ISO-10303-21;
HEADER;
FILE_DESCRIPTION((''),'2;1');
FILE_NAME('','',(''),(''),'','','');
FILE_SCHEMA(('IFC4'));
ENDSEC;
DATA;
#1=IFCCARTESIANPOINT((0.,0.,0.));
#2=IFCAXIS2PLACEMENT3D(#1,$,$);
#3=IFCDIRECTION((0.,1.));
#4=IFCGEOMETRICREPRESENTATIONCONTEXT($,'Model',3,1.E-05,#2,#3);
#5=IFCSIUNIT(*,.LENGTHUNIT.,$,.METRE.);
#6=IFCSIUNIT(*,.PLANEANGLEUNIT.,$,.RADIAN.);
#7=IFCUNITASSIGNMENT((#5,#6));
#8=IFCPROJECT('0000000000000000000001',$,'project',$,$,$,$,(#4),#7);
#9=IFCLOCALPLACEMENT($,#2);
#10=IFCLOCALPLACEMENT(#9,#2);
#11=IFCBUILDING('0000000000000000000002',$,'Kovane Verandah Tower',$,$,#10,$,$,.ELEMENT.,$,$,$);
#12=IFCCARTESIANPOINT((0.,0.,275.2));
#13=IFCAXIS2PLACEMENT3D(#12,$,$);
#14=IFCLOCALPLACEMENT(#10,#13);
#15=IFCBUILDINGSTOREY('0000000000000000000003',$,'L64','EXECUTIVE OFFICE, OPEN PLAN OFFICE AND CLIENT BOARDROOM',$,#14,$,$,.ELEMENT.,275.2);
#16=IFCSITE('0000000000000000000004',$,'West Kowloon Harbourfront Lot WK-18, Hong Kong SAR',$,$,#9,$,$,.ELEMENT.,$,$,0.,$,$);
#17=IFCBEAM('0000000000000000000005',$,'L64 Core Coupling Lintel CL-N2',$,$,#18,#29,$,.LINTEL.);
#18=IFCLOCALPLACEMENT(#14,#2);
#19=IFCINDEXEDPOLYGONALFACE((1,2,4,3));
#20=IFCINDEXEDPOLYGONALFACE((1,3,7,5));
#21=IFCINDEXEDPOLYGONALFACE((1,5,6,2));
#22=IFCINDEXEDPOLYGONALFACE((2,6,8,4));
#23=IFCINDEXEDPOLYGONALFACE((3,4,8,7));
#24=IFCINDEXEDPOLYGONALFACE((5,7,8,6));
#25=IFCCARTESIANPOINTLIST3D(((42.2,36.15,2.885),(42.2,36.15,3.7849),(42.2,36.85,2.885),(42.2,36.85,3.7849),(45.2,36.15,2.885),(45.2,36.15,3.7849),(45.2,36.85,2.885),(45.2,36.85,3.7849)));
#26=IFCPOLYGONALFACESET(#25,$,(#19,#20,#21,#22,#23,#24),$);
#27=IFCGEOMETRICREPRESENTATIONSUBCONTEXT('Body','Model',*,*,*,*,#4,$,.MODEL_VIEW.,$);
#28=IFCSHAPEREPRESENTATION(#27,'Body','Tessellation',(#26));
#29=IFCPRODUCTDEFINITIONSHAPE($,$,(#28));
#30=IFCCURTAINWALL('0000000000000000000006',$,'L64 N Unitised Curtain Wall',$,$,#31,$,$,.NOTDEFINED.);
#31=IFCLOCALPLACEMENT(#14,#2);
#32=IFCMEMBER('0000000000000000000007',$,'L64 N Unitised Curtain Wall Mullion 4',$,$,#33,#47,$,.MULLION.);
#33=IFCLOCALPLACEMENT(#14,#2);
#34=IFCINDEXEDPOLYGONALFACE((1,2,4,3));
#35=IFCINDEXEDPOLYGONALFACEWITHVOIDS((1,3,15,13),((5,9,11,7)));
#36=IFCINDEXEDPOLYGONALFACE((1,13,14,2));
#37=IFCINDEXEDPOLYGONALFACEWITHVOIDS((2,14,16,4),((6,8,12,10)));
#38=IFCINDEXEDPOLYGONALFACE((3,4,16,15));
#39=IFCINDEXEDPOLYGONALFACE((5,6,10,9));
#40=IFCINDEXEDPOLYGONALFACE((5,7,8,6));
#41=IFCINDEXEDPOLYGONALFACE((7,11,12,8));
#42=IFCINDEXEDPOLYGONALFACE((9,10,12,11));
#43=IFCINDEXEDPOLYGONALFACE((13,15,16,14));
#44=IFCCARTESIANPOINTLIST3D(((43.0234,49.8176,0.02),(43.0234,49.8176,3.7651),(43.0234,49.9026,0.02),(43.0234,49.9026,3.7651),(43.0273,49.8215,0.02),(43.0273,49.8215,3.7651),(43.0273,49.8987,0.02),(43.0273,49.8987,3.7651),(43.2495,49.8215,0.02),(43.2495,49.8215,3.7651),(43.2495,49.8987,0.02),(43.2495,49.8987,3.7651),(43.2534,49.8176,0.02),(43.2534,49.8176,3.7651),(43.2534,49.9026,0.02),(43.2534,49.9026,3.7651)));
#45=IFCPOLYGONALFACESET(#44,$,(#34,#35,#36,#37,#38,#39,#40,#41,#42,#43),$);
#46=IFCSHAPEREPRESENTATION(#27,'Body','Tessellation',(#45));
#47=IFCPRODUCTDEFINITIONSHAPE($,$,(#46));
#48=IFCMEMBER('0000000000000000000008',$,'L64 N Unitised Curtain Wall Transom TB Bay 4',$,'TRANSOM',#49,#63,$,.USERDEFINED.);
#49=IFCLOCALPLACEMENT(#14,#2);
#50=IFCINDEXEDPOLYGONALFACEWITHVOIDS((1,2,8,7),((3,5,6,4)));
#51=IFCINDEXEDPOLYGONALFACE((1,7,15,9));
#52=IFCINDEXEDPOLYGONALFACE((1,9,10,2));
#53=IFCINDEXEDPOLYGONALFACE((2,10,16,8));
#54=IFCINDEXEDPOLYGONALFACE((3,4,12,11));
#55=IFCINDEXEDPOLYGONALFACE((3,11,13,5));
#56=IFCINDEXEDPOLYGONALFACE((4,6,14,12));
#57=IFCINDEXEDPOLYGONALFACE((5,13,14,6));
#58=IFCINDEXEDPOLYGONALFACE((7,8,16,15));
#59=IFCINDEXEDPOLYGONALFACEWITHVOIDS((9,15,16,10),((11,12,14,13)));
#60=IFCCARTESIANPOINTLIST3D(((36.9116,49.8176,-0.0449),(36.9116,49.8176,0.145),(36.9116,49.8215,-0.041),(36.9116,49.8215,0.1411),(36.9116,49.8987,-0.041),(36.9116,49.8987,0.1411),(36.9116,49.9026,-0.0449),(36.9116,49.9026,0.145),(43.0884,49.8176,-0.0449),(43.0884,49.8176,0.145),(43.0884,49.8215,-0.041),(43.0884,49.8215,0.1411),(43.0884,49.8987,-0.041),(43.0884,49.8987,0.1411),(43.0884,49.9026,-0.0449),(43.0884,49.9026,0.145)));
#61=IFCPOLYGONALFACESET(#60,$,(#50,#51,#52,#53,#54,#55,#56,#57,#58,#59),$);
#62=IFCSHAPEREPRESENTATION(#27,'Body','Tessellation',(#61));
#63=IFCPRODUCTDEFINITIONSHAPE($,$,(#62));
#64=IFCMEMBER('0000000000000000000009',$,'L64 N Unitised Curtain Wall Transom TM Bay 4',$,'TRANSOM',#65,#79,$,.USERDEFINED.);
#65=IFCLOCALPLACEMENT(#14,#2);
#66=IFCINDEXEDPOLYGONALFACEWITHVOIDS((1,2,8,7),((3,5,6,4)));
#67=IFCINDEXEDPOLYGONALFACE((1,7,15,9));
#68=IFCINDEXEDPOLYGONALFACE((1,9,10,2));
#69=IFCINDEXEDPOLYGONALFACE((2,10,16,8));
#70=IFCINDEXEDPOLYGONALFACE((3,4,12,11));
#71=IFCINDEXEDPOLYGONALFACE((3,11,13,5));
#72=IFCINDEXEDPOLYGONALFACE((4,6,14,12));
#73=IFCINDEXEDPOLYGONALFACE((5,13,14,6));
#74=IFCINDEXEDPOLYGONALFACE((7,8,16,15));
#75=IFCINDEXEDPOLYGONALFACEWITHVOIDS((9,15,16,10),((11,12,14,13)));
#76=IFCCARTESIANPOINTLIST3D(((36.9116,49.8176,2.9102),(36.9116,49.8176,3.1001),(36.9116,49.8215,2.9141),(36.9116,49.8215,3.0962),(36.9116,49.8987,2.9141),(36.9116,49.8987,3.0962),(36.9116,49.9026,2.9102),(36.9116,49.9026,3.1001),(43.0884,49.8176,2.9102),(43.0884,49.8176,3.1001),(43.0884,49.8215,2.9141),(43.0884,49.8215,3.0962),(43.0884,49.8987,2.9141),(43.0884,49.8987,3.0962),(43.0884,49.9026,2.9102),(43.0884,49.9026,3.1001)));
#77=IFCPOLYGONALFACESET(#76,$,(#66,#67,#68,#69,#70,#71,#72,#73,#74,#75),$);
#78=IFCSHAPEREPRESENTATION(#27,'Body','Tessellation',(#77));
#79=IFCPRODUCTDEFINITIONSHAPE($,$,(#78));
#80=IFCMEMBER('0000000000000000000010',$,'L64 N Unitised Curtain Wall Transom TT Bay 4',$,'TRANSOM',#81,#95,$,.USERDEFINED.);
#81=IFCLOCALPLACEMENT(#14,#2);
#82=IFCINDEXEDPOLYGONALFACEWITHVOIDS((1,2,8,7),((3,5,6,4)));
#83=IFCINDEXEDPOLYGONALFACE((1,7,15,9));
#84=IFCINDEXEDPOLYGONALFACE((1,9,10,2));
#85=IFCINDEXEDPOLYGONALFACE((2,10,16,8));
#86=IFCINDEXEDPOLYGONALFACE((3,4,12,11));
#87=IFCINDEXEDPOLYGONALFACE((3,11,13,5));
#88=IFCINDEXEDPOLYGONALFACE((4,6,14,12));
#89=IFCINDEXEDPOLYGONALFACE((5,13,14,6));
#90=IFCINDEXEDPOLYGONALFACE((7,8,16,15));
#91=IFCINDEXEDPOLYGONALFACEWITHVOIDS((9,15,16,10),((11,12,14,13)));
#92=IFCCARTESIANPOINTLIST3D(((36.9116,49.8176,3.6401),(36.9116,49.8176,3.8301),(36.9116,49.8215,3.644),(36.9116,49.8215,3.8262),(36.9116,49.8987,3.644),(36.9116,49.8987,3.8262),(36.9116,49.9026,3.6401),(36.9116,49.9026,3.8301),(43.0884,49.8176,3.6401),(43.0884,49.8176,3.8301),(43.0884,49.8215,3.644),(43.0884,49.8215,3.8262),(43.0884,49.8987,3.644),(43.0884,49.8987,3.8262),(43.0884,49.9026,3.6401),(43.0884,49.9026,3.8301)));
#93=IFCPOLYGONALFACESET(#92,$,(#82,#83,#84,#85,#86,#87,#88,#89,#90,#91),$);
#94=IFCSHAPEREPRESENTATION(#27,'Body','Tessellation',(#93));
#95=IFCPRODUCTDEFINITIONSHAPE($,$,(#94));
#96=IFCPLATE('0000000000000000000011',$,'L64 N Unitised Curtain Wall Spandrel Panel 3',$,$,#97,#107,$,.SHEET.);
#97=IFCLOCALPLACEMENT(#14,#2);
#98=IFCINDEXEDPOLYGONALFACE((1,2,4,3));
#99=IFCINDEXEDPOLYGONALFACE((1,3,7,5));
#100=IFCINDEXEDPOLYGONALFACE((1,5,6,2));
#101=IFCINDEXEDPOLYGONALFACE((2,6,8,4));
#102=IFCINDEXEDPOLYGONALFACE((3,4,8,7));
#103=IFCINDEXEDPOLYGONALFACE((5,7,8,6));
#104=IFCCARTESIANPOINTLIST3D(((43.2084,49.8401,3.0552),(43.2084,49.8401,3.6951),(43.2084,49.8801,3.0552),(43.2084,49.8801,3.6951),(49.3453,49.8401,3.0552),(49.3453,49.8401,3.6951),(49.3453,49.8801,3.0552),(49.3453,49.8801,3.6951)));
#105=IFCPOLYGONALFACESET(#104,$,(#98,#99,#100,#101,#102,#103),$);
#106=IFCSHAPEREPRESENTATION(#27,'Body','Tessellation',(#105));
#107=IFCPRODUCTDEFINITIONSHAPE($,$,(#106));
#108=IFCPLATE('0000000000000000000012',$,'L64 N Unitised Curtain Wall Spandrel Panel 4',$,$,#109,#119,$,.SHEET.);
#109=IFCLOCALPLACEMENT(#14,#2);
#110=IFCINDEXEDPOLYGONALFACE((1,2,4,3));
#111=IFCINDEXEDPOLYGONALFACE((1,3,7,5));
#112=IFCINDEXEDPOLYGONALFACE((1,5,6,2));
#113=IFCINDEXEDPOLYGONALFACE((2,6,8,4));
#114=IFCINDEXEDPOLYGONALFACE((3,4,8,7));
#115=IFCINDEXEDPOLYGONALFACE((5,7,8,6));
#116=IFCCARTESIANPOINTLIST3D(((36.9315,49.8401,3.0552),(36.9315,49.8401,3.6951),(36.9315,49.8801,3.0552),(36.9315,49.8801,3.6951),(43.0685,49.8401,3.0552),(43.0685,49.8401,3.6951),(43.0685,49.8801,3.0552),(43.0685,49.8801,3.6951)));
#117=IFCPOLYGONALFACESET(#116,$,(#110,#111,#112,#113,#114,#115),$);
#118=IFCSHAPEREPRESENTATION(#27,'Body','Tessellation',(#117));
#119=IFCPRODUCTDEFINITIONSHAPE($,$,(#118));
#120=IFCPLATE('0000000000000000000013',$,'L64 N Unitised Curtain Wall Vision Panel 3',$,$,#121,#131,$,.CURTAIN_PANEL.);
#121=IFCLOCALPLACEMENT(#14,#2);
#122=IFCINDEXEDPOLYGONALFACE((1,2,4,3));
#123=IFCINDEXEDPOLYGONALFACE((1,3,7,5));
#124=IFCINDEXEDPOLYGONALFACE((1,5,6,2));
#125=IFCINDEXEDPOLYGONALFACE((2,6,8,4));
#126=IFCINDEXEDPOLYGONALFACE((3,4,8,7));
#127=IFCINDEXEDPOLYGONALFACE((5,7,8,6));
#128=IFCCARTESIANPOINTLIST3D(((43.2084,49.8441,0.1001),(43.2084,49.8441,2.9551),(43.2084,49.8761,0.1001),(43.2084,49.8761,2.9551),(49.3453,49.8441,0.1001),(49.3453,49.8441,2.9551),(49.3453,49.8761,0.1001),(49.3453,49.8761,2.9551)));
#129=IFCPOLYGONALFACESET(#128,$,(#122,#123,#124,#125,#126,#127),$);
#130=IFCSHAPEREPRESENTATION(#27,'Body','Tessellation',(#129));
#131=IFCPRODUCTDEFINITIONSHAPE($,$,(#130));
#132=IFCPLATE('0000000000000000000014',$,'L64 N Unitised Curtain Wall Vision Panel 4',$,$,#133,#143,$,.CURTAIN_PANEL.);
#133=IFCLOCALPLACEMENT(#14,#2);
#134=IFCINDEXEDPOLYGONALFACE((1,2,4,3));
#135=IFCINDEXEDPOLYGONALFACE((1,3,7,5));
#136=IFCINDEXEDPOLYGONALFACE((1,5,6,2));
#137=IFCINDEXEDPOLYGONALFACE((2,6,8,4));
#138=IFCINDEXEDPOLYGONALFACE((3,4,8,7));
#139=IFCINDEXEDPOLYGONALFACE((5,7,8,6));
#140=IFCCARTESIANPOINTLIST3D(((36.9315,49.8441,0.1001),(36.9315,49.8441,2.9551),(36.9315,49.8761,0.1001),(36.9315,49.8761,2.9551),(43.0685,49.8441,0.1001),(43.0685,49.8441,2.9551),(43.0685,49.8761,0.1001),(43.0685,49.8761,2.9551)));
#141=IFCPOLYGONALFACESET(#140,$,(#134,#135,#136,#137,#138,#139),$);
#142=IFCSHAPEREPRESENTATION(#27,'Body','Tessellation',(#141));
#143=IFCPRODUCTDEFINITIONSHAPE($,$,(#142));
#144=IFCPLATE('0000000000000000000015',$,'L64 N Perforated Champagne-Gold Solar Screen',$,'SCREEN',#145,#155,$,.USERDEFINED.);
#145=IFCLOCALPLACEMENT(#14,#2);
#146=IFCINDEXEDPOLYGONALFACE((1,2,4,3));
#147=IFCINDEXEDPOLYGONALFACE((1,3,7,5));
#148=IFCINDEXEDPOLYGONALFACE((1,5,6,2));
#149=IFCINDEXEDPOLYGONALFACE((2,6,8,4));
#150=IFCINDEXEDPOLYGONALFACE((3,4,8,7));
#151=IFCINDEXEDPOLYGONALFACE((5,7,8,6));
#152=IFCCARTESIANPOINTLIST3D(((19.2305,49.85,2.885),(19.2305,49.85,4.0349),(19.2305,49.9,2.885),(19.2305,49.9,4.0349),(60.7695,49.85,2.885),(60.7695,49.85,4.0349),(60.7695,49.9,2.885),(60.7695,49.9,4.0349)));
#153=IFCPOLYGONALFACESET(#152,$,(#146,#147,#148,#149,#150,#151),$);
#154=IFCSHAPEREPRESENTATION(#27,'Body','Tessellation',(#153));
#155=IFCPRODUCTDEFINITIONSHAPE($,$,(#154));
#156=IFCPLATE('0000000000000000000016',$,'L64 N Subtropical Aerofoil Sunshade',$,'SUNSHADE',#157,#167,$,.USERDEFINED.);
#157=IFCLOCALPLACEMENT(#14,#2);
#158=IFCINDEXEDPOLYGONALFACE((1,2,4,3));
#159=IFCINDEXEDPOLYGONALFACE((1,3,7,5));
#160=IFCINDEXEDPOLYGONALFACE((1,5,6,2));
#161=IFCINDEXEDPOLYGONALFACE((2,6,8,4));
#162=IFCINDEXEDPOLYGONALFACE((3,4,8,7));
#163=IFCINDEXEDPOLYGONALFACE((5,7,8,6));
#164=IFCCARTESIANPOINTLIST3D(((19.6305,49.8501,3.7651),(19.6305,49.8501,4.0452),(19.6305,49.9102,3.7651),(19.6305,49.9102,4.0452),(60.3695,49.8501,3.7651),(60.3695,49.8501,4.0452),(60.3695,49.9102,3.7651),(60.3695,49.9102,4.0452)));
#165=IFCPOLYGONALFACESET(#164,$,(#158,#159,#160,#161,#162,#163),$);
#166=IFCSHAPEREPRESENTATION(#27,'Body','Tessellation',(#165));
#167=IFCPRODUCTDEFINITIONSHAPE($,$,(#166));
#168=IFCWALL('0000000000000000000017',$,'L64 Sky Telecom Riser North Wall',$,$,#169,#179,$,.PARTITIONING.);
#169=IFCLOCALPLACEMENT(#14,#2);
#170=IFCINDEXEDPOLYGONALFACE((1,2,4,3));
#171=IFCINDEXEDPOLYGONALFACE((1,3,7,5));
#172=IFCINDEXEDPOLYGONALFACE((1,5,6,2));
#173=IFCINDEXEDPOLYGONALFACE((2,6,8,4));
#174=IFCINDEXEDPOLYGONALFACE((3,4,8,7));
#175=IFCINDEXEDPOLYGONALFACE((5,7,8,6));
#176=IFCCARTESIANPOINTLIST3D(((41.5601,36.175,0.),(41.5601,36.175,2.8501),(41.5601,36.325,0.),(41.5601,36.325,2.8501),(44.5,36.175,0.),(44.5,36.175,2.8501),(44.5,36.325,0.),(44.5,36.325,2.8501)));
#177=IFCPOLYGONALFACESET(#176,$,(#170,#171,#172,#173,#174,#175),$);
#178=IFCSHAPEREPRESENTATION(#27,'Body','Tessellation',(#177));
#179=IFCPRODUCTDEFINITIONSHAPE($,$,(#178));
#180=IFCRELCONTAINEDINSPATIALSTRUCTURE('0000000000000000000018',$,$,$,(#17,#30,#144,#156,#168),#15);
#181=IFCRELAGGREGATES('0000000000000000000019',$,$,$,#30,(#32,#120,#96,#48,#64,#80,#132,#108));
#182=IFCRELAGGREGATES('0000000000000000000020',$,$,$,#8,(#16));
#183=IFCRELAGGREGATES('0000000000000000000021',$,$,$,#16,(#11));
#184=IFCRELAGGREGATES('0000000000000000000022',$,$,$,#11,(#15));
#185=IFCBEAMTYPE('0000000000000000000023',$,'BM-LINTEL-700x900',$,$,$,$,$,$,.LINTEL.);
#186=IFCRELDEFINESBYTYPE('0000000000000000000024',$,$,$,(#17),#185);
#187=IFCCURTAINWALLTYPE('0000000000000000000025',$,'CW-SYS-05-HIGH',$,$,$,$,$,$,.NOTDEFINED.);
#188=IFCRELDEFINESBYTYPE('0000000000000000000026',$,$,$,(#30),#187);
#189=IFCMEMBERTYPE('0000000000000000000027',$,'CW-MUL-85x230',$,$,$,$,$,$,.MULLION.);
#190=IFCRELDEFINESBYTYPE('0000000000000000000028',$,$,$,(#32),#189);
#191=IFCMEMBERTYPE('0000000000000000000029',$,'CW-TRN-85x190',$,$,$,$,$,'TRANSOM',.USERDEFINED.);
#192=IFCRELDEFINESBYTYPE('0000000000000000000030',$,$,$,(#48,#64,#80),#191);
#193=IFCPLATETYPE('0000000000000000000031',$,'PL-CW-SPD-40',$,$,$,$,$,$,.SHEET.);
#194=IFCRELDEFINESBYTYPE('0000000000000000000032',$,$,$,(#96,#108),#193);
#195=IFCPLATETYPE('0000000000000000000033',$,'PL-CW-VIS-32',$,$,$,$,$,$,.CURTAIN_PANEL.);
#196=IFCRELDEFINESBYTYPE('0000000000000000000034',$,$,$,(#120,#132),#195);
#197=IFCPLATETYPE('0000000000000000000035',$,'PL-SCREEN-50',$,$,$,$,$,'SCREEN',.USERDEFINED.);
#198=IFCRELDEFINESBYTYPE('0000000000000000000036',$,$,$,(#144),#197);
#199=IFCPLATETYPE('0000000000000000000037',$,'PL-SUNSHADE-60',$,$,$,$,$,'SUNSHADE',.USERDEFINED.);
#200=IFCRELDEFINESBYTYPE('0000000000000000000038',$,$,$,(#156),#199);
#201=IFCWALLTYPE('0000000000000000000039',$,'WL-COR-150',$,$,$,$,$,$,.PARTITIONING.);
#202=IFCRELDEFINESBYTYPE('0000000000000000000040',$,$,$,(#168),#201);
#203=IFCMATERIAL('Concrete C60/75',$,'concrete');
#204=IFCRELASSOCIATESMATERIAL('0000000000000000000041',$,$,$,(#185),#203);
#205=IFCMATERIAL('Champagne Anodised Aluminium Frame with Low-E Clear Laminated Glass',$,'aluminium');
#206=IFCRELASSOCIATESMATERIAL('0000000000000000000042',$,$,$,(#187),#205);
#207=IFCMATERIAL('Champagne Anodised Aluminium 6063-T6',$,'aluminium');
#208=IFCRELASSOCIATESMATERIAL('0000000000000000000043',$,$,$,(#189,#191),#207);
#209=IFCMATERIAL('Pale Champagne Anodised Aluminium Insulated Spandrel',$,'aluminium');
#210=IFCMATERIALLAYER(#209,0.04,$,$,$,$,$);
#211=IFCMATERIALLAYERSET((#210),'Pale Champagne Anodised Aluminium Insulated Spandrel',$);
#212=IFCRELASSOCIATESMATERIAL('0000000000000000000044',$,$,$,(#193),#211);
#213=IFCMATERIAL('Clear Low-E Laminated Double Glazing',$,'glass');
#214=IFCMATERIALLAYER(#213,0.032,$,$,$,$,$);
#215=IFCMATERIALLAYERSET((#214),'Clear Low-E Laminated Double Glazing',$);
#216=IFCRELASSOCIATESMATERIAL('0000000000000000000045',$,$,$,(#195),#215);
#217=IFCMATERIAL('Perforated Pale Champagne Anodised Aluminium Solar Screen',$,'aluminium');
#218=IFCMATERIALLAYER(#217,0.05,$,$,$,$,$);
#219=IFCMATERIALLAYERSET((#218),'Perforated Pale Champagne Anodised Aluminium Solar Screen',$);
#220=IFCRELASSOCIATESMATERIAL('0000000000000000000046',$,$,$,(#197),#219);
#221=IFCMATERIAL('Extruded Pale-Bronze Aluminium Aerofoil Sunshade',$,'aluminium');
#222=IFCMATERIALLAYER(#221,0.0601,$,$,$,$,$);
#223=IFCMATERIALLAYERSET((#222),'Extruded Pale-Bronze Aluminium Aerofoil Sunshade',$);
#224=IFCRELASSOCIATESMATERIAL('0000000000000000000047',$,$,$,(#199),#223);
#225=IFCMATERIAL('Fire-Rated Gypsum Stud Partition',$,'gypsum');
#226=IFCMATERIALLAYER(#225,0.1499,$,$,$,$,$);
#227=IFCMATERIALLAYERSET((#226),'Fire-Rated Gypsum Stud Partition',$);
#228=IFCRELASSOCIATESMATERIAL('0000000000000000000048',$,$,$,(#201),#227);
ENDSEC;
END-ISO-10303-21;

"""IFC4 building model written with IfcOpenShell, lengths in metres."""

from ifc_helpers import new_model, si_unit, direction, frame, frame_2d, origin, origin_2d, place, context, subcontext, project, spatial, rectangle, hollow_rectangle, extrude, material, layer, layer_set, material_profile, profile_set, type_object, element, aggregate, save


model = new_model("IFC4")

# Units and contexts
model_context = context("Model", 3, precision=1e-05, world=origin(), true_north=direction((0.0, 1.0)))
body_context = subcontext(model_context, "Body", "Model", "MODEL_VIEW")
ifc_project = project(units=[si_unit("LENGTHUNIT", "METRE"), si_unit("PLANEANGLEUNIT", "RADIAN")], contexts=[model_context])

# Site, building, storey
site_placement = place(None, origin())
site = spatial("IfcSite", under=ifc_project, at=site_placement, Name="West Kowloon Harbourfront Lot WK-18, Hong Kong SAR", CompositionType="ELEMENT", RefElevation=0.0)
building_placement = place(site_placement, origin())
building = spatial("IfcBuilding", under=site, at=building_placement, Name="Kovane Verandah Tower", CompositionType="ELEMENT")
storey_placement = place(building_placement, frame((0.0, 0.0, 275.2)))
storey = spatial("IfcBuildingStorey", under=building, at=storey_placement, Name="L64", Description="EXECUTIVE OFFICE, OPEN PLAN OFFICE AND CLIENT BOARDROOM", CompositionType="ELEMENT", Elevation=275.2)

# Beam
ifc_material_1 = material(Name="Concrete C60/75", Category="concrete")
ifc_material_profile_1 = material_profile(ifc_material_1, rectangle(XDim=0.7, YDim=0.8999, at=origin_2d()), Name="RCB700x900")
ifc_profile_set_1 = profile_set([ifc_material_profile_1], Name="Concrete C60/75")
beam_type = type_object("IfcBeamType", Name="BM-LINTEL-700x900", PredefinedType="LINTEL", material=ifc_profile_set_1)
beam_placement = place(storey_placement, frame((42.2, 36.5, 3.335), z_axis=(1.0, 0.0, 0.0), x_axis=(0.0, 1.0, 0.0)))
element("IfcBeam", 1, at=beam_placement, inside=storey, type_object=beam_type, Name="L64 Core Coupling Lintel CL-N2", PredefinedType="LINTEL", context=body_context, shape_type="SweptSolid", body=[
    extrude(rectangle(XDim=0.7, YDim=0.8999, at=origin_2d()), origin(), (0.0, 0.0, 1.0), 3.0),
])

# Curtain wall, members, plates
ifc_material_2 = material(Name="Champagne Anodised Aluminium Frame with Low-E Clear Laminated Glass", Category="aluminium")
curtain_wall_type = type_object("IfcCurtainWallType", Name="CW-SYS-05-HIGH", PredefinedType="NOTDEFINED", material=ifc_material_2)
curtain_wall_placement = place(storey_placement, origin())
curtain_wall = element("IfcCurtainWall", 2, at=curtain_wall_placement, inside=storey, type_object=curtain_wall_type, Name="L64 N Unitised Curtain Wall", PredefinedType="NOTDEFINED")
ifc_material_3 = material(Name="Champagne Anodised Aluminium 6063-T6", Category="aluminium")
ifc_material_profile_2 = material_profile(ifc_material_3, hollow_rectangle(XDim=0.085, YDim=0.23, WallThickness=0.0039, at=origin_2d()), Name="AL85x230x4")
ifc_profile_set_2 = profile_set([ifc_material_profile_2], Name="Champagne Anodised Aluminium 6063-T6")
member_type_1 = type_object("IfcMemberType", Name="CW-MUL-85x230", PredefinedType="MULLION", material=ifc_profile_set_2)
member_1_placement = place(storey_placement, frame((43.1384, 49.8601, 0.02), z_axis=(0.0, 0.0, 1.0), x_axis=(0.0, 1.0, 0.0)))
member_1 = element("IfcMember", 3, at=member_1_placement, type_object=member_type_1, Name="L64 N Unitised Curtain Wall Mullion 4", PredefinedType="MULLION", context=body_context, shape_type="SweptSolid", body=[
    extrude(hollow_rectangle(XDim=0.085, YDim=0.23, WallThickness=0.0039, at=origin_2d()), origin(), (0.0, 0.0, 1.0), 3.7451),
])
ifc_material_profile_3 = material_profile(ifc_material_3, hollow_rectangle(XDim=0.085, YDim=0.1899, WallThickness=0.0039, at=origin_2d()), Name="AL85x190x4")
ifc_profile_set_3 = profile_set([ifc_material_profile_3], Name="Champagne Anodised Aluminium 6063-T6")
member_type_2 = type_object("IfcMemberType", Name="CW-TRN-85x190", ElementType="TRANSOM", PredefinedType="USERDEFINED", material=ifc_profile_set_3)
member_2_placement = place(storey_placement, frame((43.0884, 49.8601, 0.05), z_axis=(-1.0, 0.0, 0.0), x_axis=(0.0, -1.0, 0.0)))
member_2 = element("IfcMember", 4, at=member_2_placement, type_object=member_type_2, Name="L64 N Unitised Curtain Wall Transom TB Bay 4", ObjectType="TRANSOM", PredefinedType="USERDEFINED", context=body_context, shape_type="SweptSolid", body=[
    extrude(hollow_rectangle(XDim=0.085, YDim=0.1899, WallThickness=0.0039, at=origin_2d()), origin(), (0.0, 0.0, 1.0), 6.1768),
])
member_3_placement = place(storey_placement, frame((43.0884, 49.8601, 3.0051), z_axis=(-1.0, 0.0, 0.0), x_axis=(0.0, -1.0, 0.0)))
member_3 = element("IfcMember", 5, at=member_3_placement, type_object=member_type_2, Name="L64 N Unitised Curtain Wall Transom TM Bay 4", ObjectType="TRANSOM", PredefinedType="USERDEFINED", context=body_context, shape_type="SweptSolid", body=[
    extrude(hollow_rectangle(XDim=0.085, YDim=0.1899, WallThickness=0.0039, at=origin_2d()), origin(), (0.0, 0.0, 1.0), 6.1768),
])
member_4_placement = place(storey_placement, frame((43.0884, 49.8601, 3.7351), z_axis=(-1.0, 0.0, 0.0), x_axis=(0.0, -1.0, 0.0)))
member_4 = element("IfcMember", 6, at=member_4_placement, type_object=member_type_2, Name="L64 N Unitised Curtain Wall Transom TT Bay 4", ObjectType="TRANSOM", PredefinedType="USERDEFINED", context=body_context, shape_type="SweptSolid", body=[
    extrude(hollow_rectangle(XDim=0.085, YDim=0.1899, WallThickness=0.0039, at=origin_2d()), origin(), (0.0, 0.0, 1.0), 6.1768),
])
ifc_material_4 = material(Name="Pale Champagne Anodised Aluminium Insulated Spandrel", Category="aluminium")
ifc_layer_1 = layer(ifc_material_4, 0.04)
ifc_layer_set_1 = layer_set([ifc_layer_1], Name="Pale Champagne Anodised Aluminium Insulated Spandrel")
plate_type_1 = type_object("IfcPlateType", Name="PL-CW-SPD-40", PredefinedType="SHEET", material=ifc_layer_set_1)
plate_1_placement = place(storey_placement, frame((46.2769, 49.8601, 3.0552), z_axis=(0.0, 0.0, 1.0), x_axis=(-1.0, 0.0, 0.0)))
plate_1 = element("IfcPlate", 7, at=plate_1_placement, type_object=plate_type_1, Name="L64 N Unitised Curtain Wall Spandrel Panel 3", PredefinedType="SHEET", context=body_context, shape_type="SweptSolid", body=[
    extrude(rectangle(XDim=6.137, YDim=0.04, at=origin_2d()), origin(), (0.0, 0.0, 1.0), 0.6399),
])
plate_2_placement = place(storey_placement, frame((40.0, 49.8601, 3.0552), z_axis=(0.0, 0.0, 1.0), x_axis=(-1.0, 0.0, 0.0)))
plate_2 = element("IfcPlate", 8, at=plate_2_placement, type_object=plate_type_1, Name="L64 N Unitised Curtain Wall Spandrel Panel 4", PredefinedType="SHEET", context=body_context, shape_type="SweptSolid", body=[
    extrude(rectangle(XDim=6.137, YDim=0.04, at=origin_2d()), origin(), (0.0, 0.0, 1.0), 0.6399),
])
ifc_material_5 = material(Name="Clear Low-E Laminated Double Glazing", Category="glass")
ifc_layer_2 = layer(ifc_material_5, 0.032)
ifc_layer_set_2 = layer_set([ifc_layer_2], Name="Clear Low-E Laminated Double Glazing")
plate_type_2 = type_object("IfcPlateType", Name="PL-CW-VIS-32", PredefinedType="CURTAIN_PANEL", material=ifc_layer_set_2)
plate_3_placement = place(storey_placement, frame((46.2769, 49.8601, 0.1001), z_axis=(0.0, 0.0, 1.0), x_axis=(-1.0, 0.0, 0.0)))
plate_3 = element("IfcPlate", 9, at=plate_3_placement, type_object=plate_type_2, Name="L64 N Unitised Curtain Wall Vision Panel 3", PredefinedType="CURTAIN_PANEL", context=body_context, shape_type="SweptSolid", body=[
    extrude(rectangle(XDim=6.137, YDim=0.032, at=origin_2d()), origin(), (0.0, 0.0, 1.0), 2.855),
])
plate_4_placement = place(storey_placement, frame((40.0, 49.8601, 0.1001), z_axis=(0.0, 0.0, 1.0), x_axis=(-1.0, 0.0, 0.0)))
plate_4 = element("IfcPlate", 10, at=plate_4_placement, type_object=plate_type_2, Name="L64 N Unitised Curtain Wall Vision Panel 4", PredefinedType="CURTAIN_PANEL", context=body_context, shape_type="SweptSolid", body=[
    extrude(rectangle(XDim=6.137, YDim=0.032, at=origin_2d()), origin(), (0.0, 0.0, 1.0), 2.855),
])
aggregate(curtain_wall, [member_1, plate_3, plate_1, member_2, member_3, member_4, plate_4, plate_2])

# Plates
ifc_material_6 = material(Name="Perforated Pale Champagne Anodised Aluminium Solar Screen", Category="aluminium")
ifc_layer_3 = layer(ifc_material_6, 0.05)
ifc_layer_set_3 = layer_set([ifc_layer_3], Name="Perforated Pale Champagne Anodised Aluminium Solar Screen")
plate_type_3 = type_object("IfcPlateType", Name="PL-SCREEN-50", ElementType="SCREEN", PredefinedType="USERDEFINED", material=ifc_layer_set_3)
plate_5_placement = place(storey_placement, frame((40.0, 49.875, 2.885), z_axis=(0.0, 0.0, 1.0), x_axis=(-1.0, 0.0, 0.0)))
element("IfcPlate", 11, at=plate_5_placement, inside=storey, type_object=plate_type_3, Name="L64 N Perforated Champagne-Gold Solar Screen", ObjectType="SCREEN", PredefinedType="USERDEFINED", context=body_context, shape_type="SweptSolid", body=[
    extrude(rectangle(XDim=41.5391, YDim=0.05, at=origin_2d()), origin(), (0.0, 0.0, 1.0), 1.1499),
])
ifc_material_7 = material(Name="Extruded Pale-Bronze Aluminium Aerofoil Sunshade", Category="aluminium")
ifc_layer_4 = layer(ifc_material_7, 0.0601)
ifc_layer_set_4 = layer_set([ifc_layer_4], Name="Extruded Pale-Bronze Aluminium Aerofoil Sunshade")
plate_type_4 = type_object("IfcPlateType", Name="PL-SUNSHADE-60", ElementType="SUNSHADE", PredefinedType="USERDEFINED", material=ifc_layer_set_4)
plate_6_placement = place(storey_placement, frame((40.0, 49.8801, 3.7651), z_axis=(0.0, 0.0, 1.0), x_axis=(-1.0, 0.0, 0.0)))
element("IfcPlate", 12, at=plate_6_placement, inside=storey, type_object=plate_type_4, Name="L64 N Subtropical Aerofoil Sunshade", ObjectType="SUNSHADE", PredefinedType="USERDEFINED", context=body_context, shape_type="SweptSolid", body=[
    extrude(rectangle(XDim=40.739, YDim=0.0601, at=origin_2d()), origin(), (0.0, 0.0, 1.0), 0.28),
])

# Wall
ifc_material_8 = material(Name="Fire-Rated Gypsum Stud Partition", Category="gypsum")
ifc_layer_5 = layer(ifc_material_8, 0.1499)
ifc_layer_set_5 = layer_set([ifc_layer_5], Name="Fire-Rated Gypsum Stud Partition")
wall_type_1 = type_object("IfcWallType", Name="WL-COR-150", PredefinedType="PARTITIONING", material=ifc_layer_set_5)
wall_1_placement = place(storey_placement, frame((41.5601, 36.25, 0.0), z_axis=(0.0, 0.0, 1.0), x_axis=(1.0, 0.0, 0.0)))
element("IfcWall", 13, at=wall_1_placement, inside=storey, type_object=wall_type_1, Name="L64 Sky Telecom Riser North Wall", PredefinedType="PARTITIONING", context=body_context, shape_type="SweptSolid", body=[
    extrude(rectangle(XDim=2.9399, YDim=0.1499, at=frame_2d((1.47, 0.0))), origin(), (0.0, 0.0, 1.0), 2.8501),
])

save(model, "model.ifc")
